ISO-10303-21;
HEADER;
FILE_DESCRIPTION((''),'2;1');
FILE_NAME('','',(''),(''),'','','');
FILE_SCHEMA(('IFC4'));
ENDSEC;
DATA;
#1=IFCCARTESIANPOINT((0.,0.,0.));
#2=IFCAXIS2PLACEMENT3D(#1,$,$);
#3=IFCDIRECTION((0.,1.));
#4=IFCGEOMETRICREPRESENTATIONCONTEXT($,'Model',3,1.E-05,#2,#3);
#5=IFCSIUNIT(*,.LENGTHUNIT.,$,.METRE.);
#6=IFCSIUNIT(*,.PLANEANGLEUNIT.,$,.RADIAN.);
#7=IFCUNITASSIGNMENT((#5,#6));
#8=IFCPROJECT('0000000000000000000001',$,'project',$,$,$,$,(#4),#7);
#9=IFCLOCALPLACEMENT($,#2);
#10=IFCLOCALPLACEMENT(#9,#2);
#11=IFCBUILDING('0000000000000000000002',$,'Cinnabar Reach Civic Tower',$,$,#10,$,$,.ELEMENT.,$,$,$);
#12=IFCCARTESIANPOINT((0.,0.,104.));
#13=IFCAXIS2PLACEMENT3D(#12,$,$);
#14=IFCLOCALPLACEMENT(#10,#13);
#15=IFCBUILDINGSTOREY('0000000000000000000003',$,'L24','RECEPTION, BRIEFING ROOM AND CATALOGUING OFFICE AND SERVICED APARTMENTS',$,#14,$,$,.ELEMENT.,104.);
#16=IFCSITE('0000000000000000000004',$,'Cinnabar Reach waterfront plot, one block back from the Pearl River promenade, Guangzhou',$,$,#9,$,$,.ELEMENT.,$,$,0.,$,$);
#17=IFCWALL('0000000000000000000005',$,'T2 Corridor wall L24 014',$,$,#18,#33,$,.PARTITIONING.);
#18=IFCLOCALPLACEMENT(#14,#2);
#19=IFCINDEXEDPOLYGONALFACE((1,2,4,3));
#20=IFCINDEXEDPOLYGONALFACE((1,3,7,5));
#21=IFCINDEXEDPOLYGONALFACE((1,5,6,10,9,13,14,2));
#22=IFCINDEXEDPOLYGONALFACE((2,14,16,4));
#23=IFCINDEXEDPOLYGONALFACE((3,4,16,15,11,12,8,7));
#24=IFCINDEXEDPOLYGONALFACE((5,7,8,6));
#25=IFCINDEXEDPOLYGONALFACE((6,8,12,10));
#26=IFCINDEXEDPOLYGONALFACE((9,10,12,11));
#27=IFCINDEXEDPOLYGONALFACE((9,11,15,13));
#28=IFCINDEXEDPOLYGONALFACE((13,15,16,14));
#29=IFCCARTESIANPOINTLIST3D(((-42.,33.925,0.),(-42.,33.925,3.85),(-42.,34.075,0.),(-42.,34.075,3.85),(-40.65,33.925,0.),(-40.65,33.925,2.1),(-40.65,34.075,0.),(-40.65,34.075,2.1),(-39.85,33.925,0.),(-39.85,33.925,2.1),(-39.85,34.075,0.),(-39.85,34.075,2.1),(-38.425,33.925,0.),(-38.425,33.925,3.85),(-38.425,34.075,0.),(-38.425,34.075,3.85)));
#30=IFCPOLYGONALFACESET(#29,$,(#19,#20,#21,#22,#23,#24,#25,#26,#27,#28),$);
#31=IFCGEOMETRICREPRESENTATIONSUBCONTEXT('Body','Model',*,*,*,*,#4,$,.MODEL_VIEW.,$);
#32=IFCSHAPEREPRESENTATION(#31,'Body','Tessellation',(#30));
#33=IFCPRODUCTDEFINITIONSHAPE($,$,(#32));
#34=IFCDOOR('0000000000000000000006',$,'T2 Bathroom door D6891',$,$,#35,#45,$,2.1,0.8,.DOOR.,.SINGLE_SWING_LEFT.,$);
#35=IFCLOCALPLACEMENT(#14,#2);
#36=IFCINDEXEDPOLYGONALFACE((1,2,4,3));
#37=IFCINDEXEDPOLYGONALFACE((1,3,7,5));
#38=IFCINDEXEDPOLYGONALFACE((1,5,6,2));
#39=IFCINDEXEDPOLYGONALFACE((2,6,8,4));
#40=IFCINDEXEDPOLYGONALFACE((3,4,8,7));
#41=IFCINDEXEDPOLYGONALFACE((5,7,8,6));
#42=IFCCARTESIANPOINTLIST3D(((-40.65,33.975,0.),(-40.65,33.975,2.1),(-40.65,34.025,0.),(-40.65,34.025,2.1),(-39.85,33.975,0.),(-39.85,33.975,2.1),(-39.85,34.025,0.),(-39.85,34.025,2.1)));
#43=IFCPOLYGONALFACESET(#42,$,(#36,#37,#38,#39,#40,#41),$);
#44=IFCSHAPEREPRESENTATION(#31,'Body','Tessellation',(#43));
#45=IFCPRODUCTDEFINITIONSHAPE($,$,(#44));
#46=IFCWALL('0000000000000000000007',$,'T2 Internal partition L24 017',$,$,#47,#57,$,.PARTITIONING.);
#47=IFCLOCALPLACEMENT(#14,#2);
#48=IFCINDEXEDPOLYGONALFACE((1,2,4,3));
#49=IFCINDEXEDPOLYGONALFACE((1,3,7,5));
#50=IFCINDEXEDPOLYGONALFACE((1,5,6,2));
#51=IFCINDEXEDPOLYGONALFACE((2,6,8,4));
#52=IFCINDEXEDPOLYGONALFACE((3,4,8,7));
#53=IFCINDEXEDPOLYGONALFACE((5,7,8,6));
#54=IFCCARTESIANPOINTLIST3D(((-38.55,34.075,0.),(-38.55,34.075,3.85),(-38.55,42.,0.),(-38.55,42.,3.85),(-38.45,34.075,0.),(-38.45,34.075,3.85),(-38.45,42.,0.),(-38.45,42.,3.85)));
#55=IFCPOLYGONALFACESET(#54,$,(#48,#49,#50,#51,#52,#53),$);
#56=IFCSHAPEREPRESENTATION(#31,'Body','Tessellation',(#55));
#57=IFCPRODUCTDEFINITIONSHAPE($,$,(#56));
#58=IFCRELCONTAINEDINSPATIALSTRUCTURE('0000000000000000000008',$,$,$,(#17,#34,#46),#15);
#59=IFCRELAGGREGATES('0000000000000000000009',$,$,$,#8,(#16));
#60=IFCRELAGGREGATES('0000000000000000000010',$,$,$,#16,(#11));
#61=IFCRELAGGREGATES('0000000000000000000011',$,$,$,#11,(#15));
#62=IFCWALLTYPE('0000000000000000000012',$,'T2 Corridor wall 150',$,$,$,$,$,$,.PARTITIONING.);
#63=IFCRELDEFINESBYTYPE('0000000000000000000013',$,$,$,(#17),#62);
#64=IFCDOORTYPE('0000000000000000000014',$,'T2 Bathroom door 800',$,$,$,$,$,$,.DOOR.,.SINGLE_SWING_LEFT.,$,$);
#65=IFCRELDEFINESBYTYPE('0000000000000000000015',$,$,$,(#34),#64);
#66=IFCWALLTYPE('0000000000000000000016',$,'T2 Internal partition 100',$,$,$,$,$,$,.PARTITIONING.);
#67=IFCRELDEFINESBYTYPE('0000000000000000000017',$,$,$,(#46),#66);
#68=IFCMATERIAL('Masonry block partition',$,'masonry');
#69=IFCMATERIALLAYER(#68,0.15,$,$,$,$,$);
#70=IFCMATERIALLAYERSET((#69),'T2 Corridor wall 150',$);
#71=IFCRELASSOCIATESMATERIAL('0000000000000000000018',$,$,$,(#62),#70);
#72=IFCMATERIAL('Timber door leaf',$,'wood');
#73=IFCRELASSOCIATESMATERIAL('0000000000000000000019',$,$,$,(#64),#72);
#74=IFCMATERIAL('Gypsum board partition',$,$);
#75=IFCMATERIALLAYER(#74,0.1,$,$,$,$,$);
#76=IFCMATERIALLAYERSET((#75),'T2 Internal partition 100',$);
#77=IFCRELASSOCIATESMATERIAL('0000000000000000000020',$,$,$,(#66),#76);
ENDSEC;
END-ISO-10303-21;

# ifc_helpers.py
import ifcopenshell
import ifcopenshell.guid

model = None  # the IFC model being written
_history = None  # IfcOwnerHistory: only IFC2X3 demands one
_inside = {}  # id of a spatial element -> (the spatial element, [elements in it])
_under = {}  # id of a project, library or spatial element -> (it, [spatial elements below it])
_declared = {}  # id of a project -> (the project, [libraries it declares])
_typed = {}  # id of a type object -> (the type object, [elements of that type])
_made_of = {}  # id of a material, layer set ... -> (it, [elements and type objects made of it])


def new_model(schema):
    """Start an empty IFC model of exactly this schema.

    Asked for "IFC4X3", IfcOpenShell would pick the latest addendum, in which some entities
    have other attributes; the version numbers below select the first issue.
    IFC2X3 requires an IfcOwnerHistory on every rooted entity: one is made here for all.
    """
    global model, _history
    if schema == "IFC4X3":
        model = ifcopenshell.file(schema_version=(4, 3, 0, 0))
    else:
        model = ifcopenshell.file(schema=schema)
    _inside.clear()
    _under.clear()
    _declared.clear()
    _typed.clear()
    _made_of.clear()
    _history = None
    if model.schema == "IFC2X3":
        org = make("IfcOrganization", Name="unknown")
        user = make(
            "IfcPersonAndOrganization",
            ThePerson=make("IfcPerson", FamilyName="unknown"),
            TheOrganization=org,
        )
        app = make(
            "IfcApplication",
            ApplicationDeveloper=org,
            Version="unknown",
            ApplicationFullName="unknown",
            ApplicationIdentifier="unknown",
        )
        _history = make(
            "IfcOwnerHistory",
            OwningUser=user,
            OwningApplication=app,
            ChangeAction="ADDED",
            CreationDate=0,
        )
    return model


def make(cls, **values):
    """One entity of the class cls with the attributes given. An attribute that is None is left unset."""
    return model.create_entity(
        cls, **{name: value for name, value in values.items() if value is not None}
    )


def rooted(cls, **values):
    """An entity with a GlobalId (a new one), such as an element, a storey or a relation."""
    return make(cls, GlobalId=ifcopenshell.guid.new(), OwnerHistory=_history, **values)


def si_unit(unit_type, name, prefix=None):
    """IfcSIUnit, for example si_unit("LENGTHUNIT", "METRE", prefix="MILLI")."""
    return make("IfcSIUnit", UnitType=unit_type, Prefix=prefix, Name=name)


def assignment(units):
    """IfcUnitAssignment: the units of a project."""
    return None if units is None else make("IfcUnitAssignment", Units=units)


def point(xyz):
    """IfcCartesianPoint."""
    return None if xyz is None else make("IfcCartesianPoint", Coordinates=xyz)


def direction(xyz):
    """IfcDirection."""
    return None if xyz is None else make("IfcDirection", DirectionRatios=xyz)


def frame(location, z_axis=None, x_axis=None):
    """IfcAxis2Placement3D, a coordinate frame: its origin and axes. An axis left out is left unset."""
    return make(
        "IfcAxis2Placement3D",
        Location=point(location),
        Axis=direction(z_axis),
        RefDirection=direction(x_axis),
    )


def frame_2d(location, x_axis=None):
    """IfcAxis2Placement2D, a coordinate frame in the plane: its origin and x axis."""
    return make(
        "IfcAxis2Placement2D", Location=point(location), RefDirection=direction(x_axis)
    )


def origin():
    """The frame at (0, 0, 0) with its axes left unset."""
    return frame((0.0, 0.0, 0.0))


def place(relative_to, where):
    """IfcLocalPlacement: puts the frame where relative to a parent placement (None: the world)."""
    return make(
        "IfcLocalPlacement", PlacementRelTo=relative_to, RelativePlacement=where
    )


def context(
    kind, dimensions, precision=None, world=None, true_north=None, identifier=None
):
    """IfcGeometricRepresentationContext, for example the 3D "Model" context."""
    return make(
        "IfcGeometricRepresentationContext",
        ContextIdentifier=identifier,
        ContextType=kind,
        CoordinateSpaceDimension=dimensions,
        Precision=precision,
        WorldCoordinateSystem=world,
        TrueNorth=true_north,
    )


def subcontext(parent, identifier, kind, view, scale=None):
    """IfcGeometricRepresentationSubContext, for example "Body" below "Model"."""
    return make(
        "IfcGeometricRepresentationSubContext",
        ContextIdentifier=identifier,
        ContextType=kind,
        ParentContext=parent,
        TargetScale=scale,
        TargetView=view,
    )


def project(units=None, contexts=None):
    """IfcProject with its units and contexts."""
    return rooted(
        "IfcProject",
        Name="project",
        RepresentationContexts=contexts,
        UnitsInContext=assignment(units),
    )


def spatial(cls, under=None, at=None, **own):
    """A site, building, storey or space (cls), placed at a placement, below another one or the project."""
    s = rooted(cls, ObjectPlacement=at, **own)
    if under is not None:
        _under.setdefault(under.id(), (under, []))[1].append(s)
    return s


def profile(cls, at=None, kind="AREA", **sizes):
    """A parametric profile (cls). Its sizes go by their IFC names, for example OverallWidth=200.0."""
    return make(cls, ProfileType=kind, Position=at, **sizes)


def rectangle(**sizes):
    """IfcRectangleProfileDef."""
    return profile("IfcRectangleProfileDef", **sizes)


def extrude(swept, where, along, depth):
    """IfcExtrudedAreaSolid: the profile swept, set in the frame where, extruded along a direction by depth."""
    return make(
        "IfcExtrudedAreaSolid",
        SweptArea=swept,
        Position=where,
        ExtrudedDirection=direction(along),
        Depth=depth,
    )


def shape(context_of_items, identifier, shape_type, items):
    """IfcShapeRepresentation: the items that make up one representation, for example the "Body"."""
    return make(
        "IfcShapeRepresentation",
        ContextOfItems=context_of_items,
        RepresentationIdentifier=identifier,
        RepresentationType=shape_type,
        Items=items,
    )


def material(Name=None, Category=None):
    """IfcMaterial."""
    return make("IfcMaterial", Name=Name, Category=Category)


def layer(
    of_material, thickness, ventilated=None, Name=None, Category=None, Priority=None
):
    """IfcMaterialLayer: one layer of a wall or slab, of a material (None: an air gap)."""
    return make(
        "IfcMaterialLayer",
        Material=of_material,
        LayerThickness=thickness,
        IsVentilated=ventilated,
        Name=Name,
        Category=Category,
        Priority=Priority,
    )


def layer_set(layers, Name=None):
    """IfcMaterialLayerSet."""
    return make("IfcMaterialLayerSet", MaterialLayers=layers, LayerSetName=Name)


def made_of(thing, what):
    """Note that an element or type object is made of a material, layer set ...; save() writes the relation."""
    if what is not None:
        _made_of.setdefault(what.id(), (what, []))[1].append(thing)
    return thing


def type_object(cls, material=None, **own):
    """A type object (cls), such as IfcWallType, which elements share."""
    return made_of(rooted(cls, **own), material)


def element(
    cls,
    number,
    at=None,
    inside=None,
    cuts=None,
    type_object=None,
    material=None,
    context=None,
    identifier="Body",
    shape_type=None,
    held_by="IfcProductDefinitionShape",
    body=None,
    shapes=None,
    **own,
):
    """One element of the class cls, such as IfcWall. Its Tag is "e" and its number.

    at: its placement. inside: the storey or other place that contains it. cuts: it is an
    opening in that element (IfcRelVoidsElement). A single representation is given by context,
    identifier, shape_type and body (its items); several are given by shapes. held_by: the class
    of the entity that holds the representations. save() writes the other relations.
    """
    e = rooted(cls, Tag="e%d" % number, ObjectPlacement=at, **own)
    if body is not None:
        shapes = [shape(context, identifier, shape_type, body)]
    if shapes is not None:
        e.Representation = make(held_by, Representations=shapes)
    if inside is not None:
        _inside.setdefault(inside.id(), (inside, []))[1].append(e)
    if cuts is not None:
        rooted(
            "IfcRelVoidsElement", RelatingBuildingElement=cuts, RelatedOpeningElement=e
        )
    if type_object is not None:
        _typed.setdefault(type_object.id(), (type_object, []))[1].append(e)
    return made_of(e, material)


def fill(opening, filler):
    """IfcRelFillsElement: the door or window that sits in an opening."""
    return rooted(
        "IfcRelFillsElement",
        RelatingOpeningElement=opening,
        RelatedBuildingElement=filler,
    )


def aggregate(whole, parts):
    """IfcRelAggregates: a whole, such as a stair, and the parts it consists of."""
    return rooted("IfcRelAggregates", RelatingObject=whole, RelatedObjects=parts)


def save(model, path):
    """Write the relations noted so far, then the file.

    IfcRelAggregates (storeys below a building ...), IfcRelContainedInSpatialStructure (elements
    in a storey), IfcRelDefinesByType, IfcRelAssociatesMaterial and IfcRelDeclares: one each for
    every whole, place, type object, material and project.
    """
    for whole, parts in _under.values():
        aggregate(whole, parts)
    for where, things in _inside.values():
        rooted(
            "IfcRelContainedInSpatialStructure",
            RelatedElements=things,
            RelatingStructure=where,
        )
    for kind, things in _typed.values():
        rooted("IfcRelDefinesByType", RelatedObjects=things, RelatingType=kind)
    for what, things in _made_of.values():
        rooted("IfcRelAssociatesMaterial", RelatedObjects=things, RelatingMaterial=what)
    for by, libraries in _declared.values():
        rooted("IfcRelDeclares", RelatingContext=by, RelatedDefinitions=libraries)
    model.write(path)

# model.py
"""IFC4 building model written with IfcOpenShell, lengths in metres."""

from ifc_helpers import new_model, si_unit, direction, frame, frame_2d, origin, place, context, subcontext, project, spatial, rectangle, extrude, material, layer, layer_set, type_object, element, fill, save


model = new_model("IFC4")

# Units and contexts
model_context = context("Model", 3, precision=1e-05, world=origin(), true_north=direction((0.0, 1.0)))
body_context = subcontext(model_context, "Body", "Model", "MODEL_VIEW")
ifc_project = project(units=[si_unit("LENGTHUNIT", "METRE"), si_unit("PLANEANGLEUNIT", "RADIAN")], contexts=[model_context])

# Site, building, storey
site_placement = place(None, origin())
site = spatial("IfcSite", under=ifc_project, at=site_placement, Name="Cinnabar Reach waterfront plot, one block back from the Pearl River promenade, Guangzhou", CompositionType="ELEMENT", RefElevation=0.0)
building_placement = place(site_placement, origin())
building = spatial("IfcBuilding", under=site, at=building_placement, Name="Cinnabar Reach Civic Tower", CompositionType="ELEMENT")
storey_placement = place(building_placement, frame((0.0, 0.0, 104.0)))
storey = spatial("IfcBuildingStorey", under=building, at=storey_placement, Name="L24", Description="RECEPTION, BRIEFING ROOM AND CATALOGUING OFFICE AND SERVICED APARTMENTS", CompositionType="ELEMENT", Elevation=104.0)

# Wall, opening, door
ifc_material_1 = material(Name="Masonry block partition", Category="masonry")
ifc_layer_1 = layer(ifc_material_1, 0.15)
ifc_layer_set_1 = layer_set([ifc_layer_1], Name="T2 Corridor wall 150")
wall_type_1 = type_object("IfcWallType", Name="T2 Corridor wall 150", PredefinedType="PARTITIONING", material=ifc_layer_set_1)
wall_1_placement = place(storey_placement, frame((-38.425, 34.0, 0.0), z_axis=(0.0, 0.0, 1.0), x_axis=(-1.0, 0.0, 0.0)))
wall_1 = element("IfcWall", 1, at=wall_1_placement, inside=storey, type_object=wall_type_1, Name="T2 Corridor wall L24 014", PredefinedType="PARTITIONING", context=body_context, shape_type="SweptSolid", body=[
    extrude(rectangle(XDim=3.575, YDim=0.15, at=frame_2d((1.7875, 0.0))), origin(), (0.0, 0.0, 1.0), 3.85),
])
opening_1_placement = place(wall_1_placement, frame((1.425, 0.0, 0.0)))
opening_1 = element("IfcOpeningElement", 2, at=opening_1_placement, cuts=wall_1, PredefinedType="OPENING", context=body_context, shape_type="SweptSolid", body=[
    extrude(rectangle(XDim=0.8, YDim=2.1, at=frame_2d((0.4, 1.05))), frame((0.0, 0.085, 0.0), z_axis=(0.0, -1.0, 0.0), x_axis=(1.0, 0.0, 0.0)), (0.0, 0.0, 1.0), 0.17),
])
ifc_material_2 = material(Name="Timber door leaf", Category="wood")
door_type_1 = type_object("IfcDoorType", Name="T2 Bathroom door 800", OperationType="SINGLE_SWING_LEFT", PredefinedType="DOOR", material=ifc_material_2)
door_1_placement = place(opening_1_placement, frame((0.8, 0.0, 0.0), z_axis=(0.0, 0.0, 1.0), x_axis=(-1.0, 0.0, 0.0)))
door_1 = element("IfcDoor", 3, at=door_1_placement, inside=storey, type_object=door_type_1, Name="T2 Bathroom door D6891", OperationType="SINGLE_SWING_LEFT", OverallHeight=2.1, OverallWidth=0.8, PredefinedType="DOOR", context=body_context, shape_type="SweptSolid", body=[
    extrude(rectangle(XDim=0.8, YDim=2.1, at=frame_2d((0.4, 1.05))), frame((0.0, 0.025, 0.0), z_axis=(0.0, -1.0, 0.0), x_axis=(1.0, 0.0, 0.0)), (0.0, 0.0, 1.0), 0.05),
])
fill(opening_1, door_1)

# Wall
ifc_material_3 = material(Name="Gypsum board partition")
ifc_layer_2 = layer(ifc_material_3, 0.1)
ifc_layer_set_2 = layer_set([ifc_layer_2], Name="T2 Internal partition 100")
wall_type_2 = type_object("IfcWallType", Name="T2 Internal partition 100", PredefinedType="PARTITIONING", material=ifc_layer_set_2)
wall_2_placement = place(storey_placement, frame((-38.5, 34.075, 0.0), z_axis=(0.0, 0.0, 1.0), x_axis=(0.0, 1.0, 0.0)))
element("IfcWall", 4, at=wall_2_placement, inside=storey, type_object=wall_type_2, Name="T2 Internal partition L24 017", PredefinedType="PARTITIONING", context=body_context, shape_type="SweptSolid", body=[
    extrude(rectangle(XDim=7.925, YDim=0.1, at=frame_2d((3.9625, 0.0))), origin(), (0.0, 0.0, 1.0), 3.85),
])

save(model, "model.ifc")
